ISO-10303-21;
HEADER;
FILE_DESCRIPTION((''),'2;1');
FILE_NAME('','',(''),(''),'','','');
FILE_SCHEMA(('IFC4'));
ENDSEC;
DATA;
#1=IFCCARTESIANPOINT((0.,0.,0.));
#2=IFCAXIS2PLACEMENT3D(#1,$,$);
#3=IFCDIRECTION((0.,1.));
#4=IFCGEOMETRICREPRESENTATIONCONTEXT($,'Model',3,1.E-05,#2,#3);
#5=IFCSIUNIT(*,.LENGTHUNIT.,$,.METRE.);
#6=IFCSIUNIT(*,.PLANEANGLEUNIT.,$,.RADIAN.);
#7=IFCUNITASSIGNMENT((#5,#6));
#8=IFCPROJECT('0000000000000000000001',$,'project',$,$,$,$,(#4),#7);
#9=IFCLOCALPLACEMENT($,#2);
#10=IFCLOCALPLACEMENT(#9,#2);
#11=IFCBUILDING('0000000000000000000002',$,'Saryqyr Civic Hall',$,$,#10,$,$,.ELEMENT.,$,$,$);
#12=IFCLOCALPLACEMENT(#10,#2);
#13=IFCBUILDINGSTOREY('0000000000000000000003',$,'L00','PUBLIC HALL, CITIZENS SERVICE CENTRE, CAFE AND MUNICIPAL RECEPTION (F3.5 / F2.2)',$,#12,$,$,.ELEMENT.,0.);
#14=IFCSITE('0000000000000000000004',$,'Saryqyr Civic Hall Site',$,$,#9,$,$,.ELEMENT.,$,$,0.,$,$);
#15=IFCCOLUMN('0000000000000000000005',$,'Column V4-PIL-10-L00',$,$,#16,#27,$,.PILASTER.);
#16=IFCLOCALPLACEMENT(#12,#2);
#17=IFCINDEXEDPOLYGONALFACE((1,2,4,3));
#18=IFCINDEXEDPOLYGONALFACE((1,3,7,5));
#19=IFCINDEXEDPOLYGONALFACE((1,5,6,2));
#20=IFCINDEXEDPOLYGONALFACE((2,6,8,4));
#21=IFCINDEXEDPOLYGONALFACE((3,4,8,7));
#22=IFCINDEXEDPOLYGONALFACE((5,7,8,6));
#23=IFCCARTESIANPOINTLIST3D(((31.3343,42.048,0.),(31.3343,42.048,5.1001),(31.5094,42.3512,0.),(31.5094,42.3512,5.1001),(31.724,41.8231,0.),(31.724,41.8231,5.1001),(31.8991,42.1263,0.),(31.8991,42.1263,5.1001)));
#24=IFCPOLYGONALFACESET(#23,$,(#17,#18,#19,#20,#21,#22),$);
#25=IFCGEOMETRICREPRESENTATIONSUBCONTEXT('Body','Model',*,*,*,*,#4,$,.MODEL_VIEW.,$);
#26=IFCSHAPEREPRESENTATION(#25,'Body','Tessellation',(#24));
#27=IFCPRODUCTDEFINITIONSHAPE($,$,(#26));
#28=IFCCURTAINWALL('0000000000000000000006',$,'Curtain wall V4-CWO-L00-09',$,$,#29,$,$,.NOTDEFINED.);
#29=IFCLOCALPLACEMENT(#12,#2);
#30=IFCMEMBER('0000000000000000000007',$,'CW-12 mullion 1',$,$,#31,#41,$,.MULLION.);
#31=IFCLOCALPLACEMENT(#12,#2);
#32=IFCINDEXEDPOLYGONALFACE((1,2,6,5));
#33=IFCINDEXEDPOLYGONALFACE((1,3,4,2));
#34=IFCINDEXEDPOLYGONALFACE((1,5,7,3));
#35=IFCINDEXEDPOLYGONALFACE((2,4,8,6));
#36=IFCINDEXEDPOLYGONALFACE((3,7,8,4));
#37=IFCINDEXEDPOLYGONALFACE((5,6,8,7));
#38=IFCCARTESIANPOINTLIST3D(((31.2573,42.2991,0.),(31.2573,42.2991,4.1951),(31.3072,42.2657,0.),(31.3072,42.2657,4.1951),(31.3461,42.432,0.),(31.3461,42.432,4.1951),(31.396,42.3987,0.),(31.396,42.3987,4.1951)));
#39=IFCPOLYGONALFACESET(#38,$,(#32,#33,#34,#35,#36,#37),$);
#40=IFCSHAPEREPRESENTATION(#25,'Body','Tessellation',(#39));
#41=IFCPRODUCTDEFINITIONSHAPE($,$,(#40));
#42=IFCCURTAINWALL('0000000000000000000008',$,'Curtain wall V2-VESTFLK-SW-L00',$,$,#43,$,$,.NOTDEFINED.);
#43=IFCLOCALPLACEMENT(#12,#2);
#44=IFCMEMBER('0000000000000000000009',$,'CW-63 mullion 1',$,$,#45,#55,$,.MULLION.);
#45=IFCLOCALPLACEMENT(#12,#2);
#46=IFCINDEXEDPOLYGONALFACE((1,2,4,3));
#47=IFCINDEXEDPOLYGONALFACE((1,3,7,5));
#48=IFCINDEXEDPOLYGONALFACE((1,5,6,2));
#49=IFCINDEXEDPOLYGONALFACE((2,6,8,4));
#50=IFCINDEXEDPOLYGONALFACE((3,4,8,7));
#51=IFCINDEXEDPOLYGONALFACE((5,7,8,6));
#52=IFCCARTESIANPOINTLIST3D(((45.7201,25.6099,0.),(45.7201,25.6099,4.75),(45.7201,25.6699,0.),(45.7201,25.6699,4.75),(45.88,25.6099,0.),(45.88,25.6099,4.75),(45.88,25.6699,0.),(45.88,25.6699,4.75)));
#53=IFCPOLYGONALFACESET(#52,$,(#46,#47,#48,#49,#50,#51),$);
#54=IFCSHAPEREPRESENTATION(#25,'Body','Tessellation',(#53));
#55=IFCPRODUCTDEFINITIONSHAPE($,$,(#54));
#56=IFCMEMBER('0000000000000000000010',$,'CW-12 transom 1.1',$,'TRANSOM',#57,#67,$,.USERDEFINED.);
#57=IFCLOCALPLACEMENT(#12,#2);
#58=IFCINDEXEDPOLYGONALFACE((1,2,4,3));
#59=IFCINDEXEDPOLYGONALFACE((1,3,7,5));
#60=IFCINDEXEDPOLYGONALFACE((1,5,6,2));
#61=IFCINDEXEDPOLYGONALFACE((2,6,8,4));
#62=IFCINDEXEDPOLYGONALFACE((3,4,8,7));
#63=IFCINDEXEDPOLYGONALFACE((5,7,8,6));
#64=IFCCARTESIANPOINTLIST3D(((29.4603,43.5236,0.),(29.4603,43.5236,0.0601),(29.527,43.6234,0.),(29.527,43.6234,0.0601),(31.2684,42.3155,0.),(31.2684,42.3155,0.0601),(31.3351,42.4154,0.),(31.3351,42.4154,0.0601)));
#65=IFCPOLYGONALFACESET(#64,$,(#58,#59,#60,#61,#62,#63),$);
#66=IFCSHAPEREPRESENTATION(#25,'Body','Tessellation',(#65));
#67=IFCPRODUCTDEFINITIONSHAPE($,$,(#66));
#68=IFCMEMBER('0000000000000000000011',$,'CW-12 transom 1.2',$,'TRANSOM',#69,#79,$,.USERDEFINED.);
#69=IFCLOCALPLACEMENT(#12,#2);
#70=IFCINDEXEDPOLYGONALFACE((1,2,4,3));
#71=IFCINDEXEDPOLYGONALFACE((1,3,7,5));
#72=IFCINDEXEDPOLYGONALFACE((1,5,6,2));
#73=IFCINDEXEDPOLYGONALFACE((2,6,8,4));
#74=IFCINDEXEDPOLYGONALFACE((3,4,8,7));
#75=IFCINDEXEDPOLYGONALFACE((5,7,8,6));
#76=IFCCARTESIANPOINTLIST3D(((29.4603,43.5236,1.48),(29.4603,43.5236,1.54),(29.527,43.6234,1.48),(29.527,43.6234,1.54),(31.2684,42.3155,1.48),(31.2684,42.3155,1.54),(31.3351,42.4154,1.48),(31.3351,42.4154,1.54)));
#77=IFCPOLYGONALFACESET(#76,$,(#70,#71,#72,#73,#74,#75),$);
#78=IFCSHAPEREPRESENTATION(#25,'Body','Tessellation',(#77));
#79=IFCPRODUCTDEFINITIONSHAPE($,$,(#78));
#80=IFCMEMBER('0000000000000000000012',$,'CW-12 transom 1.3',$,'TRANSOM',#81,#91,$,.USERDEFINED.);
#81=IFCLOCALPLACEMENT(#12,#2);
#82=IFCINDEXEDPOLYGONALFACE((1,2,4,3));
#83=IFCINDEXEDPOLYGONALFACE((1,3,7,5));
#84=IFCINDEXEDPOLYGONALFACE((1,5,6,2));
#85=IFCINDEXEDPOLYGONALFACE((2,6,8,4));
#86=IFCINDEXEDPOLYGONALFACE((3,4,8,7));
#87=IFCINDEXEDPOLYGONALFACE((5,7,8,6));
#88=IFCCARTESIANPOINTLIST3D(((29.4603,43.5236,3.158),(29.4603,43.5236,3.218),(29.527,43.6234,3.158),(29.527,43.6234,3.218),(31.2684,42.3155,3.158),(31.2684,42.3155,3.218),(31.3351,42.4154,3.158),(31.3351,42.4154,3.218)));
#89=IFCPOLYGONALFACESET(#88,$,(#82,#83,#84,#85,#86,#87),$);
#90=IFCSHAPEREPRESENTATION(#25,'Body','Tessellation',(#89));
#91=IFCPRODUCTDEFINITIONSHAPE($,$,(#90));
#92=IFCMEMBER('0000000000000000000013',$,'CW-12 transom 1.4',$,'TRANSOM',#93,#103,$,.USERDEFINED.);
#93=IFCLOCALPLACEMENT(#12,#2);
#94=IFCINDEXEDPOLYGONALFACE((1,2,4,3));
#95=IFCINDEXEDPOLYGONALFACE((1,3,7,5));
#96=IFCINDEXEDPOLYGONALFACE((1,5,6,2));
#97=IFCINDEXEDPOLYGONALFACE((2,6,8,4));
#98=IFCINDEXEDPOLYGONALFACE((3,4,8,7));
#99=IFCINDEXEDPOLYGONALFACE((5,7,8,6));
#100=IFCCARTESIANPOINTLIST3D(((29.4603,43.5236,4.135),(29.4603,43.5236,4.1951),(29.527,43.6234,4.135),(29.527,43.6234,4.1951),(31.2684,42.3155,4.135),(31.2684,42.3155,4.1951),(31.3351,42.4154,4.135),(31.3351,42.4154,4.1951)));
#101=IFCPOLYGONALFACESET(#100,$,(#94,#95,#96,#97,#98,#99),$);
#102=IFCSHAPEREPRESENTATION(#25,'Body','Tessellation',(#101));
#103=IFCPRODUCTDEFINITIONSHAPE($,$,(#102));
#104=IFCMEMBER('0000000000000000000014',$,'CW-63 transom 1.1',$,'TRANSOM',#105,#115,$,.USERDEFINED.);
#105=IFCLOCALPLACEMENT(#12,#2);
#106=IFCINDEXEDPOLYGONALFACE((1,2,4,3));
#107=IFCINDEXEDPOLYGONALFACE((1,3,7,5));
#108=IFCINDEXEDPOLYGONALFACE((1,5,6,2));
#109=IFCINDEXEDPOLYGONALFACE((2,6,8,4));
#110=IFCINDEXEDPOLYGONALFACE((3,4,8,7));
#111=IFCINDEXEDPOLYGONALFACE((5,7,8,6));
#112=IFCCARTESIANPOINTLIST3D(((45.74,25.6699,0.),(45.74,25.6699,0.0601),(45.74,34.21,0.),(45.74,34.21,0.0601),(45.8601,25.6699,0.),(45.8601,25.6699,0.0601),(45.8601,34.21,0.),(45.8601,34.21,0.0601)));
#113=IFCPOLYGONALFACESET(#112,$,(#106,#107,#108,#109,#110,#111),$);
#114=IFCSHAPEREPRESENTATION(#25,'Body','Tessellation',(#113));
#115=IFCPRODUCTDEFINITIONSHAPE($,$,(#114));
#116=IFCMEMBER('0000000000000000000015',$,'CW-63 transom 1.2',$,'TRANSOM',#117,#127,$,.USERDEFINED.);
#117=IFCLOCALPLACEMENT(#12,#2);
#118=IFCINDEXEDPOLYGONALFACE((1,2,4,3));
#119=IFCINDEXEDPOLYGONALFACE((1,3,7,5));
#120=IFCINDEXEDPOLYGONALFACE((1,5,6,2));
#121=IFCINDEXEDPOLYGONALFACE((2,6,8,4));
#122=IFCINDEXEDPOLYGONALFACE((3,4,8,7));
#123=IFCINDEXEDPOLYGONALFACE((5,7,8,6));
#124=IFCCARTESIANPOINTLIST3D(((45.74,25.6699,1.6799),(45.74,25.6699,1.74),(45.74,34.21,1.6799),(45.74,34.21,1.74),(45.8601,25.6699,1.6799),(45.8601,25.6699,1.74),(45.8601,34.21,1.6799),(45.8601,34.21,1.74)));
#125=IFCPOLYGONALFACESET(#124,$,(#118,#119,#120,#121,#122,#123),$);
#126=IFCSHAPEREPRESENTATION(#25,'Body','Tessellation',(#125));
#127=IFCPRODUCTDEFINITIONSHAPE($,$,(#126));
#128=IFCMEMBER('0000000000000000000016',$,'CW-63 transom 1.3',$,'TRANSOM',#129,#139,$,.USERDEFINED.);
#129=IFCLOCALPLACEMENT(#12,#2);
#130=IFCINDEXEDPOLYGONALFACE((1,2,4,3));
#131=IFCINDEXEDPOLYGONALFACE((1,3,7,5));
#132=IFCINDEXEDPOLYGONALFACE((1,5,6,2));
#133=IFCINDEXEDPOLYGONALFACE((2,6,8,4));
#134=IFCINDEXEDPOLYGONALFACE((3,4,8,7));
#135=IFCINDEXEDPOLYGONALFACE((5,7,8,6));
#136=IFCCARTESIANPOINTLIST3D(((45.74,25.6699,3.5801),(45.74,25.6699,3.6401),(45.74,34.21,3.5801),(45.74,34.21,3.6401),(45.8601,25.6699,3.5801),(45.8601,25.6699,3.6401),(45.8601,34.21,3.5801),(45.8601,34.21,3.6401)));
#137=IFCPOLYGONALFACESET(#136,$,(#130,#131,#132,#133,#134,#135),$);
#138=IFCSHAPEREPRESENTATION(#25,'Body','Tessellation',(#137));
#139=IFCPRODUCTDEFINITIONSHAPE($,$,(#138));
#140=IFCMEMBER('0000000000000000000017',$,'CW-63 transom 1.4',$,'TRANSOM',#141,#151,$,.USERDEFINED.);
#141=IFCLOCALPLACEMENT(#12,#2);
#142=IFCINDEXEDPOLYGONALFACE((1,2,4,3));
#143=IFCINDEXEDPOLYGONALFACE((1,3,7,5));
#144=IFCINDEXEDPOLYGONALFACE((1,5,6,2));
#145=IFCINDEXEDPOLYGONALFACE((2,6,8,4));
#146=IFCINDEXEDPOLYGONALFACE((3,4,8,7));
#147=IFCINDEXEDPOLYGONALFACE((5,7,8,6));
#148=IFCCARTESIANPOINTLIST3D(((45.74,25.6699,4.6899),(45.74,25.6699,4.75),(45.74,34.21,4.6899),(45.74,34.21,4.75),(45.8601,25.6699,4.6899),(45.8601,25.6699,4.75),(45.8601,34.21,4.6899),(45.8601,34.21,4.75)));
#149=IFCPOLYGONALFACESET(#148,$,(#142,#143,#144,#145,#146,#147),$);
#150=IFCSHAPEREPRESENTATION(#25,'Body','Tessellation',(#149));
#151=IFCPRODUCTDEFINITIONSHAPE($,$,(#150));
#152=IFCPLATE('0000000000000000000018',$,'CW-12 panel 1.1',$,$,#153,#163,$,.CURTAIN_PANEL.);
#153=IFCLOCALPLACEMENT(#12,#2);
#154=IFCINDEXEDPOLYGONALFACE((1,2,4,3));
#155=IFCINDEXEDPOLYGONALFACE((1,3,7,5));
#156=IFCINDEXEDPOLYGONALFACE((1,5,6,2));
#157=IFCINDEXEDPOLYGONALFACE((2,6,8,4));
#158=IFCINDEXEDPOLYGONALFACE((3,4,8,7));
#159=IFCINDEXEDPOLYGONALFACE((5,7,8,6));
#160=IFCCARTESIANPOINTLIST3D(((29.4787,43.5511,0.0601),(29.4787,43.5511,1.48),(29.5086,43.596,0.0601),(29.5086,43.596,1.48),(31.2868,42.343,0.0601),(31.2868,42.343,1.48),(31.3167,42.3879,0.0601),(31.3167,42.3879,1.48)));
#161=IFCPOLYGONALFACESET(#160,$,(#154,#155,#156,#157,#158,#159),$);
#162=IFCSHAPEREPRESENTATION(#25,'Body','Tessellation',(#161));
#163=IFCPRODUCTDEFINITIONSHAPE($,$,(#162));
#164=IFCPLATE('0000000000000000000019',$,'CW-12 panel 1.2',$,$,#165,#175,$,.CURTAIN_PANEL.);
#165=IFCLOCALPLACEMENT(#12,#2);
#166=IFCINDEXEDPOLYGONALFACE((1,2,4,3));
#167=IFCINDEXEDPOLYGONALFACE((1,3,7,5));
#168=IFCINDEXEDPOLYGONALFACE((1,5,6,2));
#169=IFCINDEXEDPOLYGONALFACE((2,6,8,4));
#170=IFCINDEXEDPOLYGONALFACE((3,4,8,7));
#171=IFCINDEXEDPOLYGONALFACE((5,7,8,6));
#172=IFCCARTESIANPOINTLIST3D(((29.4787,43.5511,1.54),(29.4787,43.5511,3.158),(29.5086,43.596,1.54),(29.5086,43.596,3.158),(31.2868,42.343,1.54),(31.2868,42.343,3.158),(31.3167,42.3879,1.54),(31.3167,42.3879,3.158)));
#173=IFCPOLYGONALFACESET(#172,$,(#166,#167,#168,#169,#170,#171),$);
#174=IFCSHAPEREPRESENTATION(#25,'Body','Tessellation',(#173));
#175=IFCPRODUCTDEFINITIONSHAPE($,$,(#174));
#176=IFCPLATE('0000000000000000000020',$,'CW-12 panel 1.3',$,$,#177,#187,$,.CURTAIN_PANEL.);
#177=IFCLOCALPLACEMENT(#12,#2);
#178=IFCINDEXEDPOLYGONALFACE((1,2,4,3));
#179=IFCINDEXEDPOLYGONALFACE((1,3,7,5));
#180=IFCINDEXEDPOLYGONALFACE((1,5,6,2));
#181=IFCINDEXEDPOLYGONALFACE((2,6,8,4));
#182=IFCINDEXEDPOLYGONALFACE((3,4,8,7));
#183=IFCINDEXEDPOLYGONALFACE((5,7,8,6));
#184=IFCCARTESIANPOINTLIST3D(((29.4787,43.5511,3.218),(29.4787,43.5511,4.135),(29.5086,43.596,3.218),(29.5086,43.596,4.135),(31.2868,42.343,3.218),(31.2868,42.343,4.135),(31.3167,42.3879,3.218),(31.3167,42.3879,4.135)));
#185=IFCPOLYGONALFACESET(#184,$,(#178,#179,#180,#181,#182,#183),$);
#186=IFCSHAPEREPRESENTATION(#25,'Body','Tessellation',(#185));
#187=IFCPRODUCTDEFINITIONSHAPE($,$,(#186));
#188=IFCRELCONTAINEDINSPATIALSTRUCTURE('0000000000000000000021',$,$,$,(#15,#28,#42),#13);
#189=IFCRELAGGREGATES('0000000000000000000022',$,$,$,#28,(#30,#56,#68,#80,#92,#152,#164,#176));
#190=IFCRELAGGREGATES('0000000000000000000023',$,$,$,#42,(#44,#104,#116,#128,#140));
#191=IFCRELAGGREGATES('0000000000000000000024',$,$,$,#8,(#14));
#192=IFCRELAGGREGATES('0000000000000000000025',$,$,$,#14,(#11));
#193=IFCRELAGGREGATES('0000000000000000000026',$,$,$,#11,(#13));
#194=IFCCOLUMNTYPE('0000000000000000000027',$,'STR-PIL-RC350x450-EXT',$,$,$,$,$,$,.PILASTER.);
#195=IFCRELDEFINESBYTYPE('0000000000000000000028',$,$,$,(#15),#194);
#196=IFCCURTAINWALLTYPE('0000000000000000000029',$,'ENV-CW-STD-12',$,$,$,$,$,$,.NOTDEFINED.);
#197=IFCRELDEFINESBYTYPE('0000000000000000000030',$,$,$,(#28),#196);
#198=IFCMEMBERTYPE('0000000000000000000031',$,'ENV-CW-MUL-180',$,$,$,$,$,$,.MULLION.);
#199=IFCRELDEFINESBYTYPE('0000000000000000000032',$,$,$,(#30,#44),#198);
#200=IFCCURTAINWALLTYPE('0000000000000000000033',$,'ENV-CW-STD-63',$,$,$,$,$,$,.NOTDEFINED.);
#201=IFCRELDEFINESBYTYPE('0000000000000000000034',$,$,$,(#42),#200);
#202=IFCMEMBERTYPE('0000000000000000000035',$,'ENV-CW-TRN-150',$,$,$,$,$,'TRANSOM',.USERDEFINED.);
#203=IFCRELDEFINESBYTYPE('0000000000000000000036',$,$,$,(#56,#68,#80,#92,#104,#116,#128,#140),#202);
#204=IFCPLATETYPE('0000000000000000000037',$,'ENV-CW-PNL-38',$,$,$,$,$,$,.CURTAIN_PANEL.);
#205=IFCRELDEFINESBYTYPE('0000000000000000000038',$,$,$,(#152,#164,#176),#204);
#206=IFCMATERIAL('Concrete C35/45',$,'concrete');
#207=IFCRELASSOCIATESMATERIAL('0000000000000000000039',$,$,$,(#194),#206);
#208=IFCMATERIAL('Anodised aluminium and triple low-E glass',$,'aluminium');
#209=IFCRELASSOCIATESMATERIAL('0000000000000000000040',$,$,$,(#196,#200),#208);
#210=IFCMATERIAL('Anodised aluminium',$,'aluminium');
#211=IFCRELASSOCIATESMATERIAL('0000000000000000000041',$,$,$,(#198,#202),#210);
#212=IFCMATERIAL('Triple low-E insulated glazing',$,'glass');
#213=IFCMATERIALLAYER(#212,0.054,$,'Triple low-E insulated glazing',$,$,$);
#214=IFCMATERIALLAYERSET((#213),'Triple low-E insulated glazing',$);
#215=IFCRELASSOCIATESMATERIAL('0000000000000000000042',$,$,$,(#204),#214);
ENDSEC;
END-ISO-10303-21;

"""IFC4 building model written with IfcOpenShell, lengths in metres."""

from ifc_helpers import new_model, si_unit, direction, frame, origin, origin_2d, place, context, subcontext, project, spatial, rectangle, extrude, material, layer, layer_set, material_profile, profile_set, type_object, element, aggregate, save


model = new_model("IFC4")

# Units and contexts
model_context = context("Model", 3, precision=1e-05, world=origin(), true_north=direction((0.0, 1.0)))
body_context = subcontext(model_context, "Body", "Model", "MODEL_VIEW")
ifc_project = project(units=[si_unit("LENGTHUNIT", "METRE"), si_unit("PLANEANGLEUNIT", "RADIAN")], contexts=[model_context])

# Site, building, storey
site_placement = place(None, origin())
site = spatial("IfcSite", under=ifc_project, at=site_placement, Name="Saryqyr Civic Hall Site", CompositionType="ELEMENT", RefElevation=0.0)
building_placement = place(site_placement, origin())
building = spatial("IfcBuilding", under=site, at=building_placement, Name="Saryqyr Civic Hall", CompositionType="ELEMENT")
storey_placement = place(building_placement, origin())
storey = spatial("IfcBuildingStorey", under=building, at=storey_placement, Name="L00", Description="PUBLIC HALL, CITIZENS SERVICE CENTRE, CAFE AND MUNICIPAL RECEPTION (F3.5 / F2.2)", CompositionType="ELEMENT", Elevation=0.0)

# Column
ifc_material_1 = material(Name="Concrete C35/45", Category="concrete")
ifc_material_profile_1 = material_profile(ifc_material_1, rectangle(XDim=0.3501, YDim=0.45, at=origin_2d()), Name="RC 350x450")
ifc_profile_set_1 = profile_set([ifc_material_profile_1], Name="Concrete C35/45")
column_type_1 = type_object("IfcColumnType", Name="STR-PIL-RC350x450-EXT", PredefinedType="PILASTER", material=ifc_profile_set_1)
column_1_placement = place(storey_placement, frame((31.6167, 42.0872, 0.0), z_axis=(0.0, 0.0, 1.0), x_axis=(-0.5, -0.866025, 0.0)))
element("IfcColumn", 1, at=column_1_placement, inside=storey, type_object=column_type_1, Name="Column V4-PIL-10-L00", PredefinedType="PILASTER", context=body_context, shape_type="SweptSolid", body=[
    extrude(rectangle(XDim=0.3501, YDim=0.45, at=origin_2d()), origin(), (0.0, 0.0, 1.0), 5.1001),
])

# Curtain walls, members
ifc_material_2 = material(Name="Anodised aluminium and triple low-E glass", Category="aluminium")
curtain_wall_type_1 = type_object("IfcCurtainWallType", Name="ENV-CW-STD-12", PredefinedType="NOTDEFINED", material=ifc_material_2)
curtain_wall_1_placement = place(storey_placement, origin())
curtain_wall_1 = element("IfcCurtainWall", 2, at=curtain_wall_1_placement, inside=storey, type_object=curtain_wall_type_1, Name="Curtain wall V4-CWO-L00-09", PredefinedType="NOTDEFINED")
ifc_material_3 = material(Name="Anodised aluminium", Category="aluminium")
ifc_material_profile_2 = material_profile(ifc_material_3, rectangle(XDim=0.0601, YDim=0.1599, at=origin_2d()), Name="ALU MULLION 60x160")
ifc_profile_set_2 = profile_set([ifc_material_profile_2], Name="Anodised aluminium")
member_type_1 = type_object("IfcMemberType", Name="ENV-CW-MUL-180", PredefinedType="MULLION", material=ifc_profile_set_2)
member_1_placement = place(storey_placement, frame((31.3267, 42.3489, 0.0), z_axis=(0.0, 0.0, 1.0), x_axis=(-0.831476, 0.555561, 0.0)))
member_1 = element("IfcMember", 3, at=member_1_placement, type_object=member_type_1, Name="CW-12 mullion 1", PredefinedType="MULLION", context=body_context, shape_type="SweptSolid", body=[
    extrude(rectangle(XDim=0.0601, YDim=0.1599, at=origin_2d()), origin(), (0.0, 0.0, 1.0), 4.1951),
])
curtain_wall_type_2 = type_object("IfcCurtainWallType", Name="ENV-CW-STD-63", PredefinedType="NOTDEFINED", material=ifc_material_2)
curtain_wall_2_placement = place(storey_placement, origin())
curtain_wall_2 = element("IfcCurtainWall", 4, at=curtain_wall_2_placement, inside=storey, type_object=curtain_wall_type_2, Name="Curtain wall V2-VESTFLK-SW-L00", PredefinedType="NOTDEFINED")
member_2_placement = place(storey_placement, frame((45.8, 25.6399, 0.0), z_axis=(0.0, 0.0, 1.0), x_axis=(0.0, 1.0, 0.0)))
member_2 = element("IfcMember", 5, at=member_2_placement, type_object=member_type_1, Name="CW-63 mullion 1", PredefinedType="MULLION", context=body_context, shape_type="SweptSolid", body=[
    extrude(rectangle(XDim=0.0601, YDim=0.1599, at=origin_2d()), origin(), (0.0, 0.0, 1.0), 4.75),
])

# Members
ifc_material_profile_3 = material_profile(ifc_material_3, rectangle(XDim=0.1201, YDim=0.0601, at=origin_2d()), Name="ALU TRANSOM 120x60")
ifc_profile_set_3 = profile_set([ifc_material_profile_3], Name="Anodised aluminium")
member_type_2 = type_object("IfcMemberType", Name="ENV-CW-TRN-150", ElementType="TRANSOM", PredefinedType="USERDEFINED", material=ifc_profile_set_3)
member_3_placement = place(storey_placement, frame((31.3018, 42.3655, 0.03), z_axis=(-0.831497, 0.555529, 0.0), x_axis=(-0.555529, -0.831497, 0.0)))
member_3 = element("IfcMember", 6, at=member_3_placement, type_object=member_type_2, Name="CW-12 transom 1.1", ObjectType="TRANSOM", PredefinedType="USERDEFINED", context=body_context, shape_type="SweptSolid", body=[
    extrude(rectangle(XDim=0.1201, YDim=0.0601, at=origin_2d()), origin(), (0.0, 0.0, 1.0), 2.1746),
])
member_4_placement = place(storey_placement, frame((31.3018, 42.3655, 1.51), z_axis=(-0.831497, 0.555529, 0.0), x_axis=(-0.555529, -0.831497, 0.0)))
member_4 = element("IfcMember", 7, at=member_4_placement, type_object=member_type_2, Name="CW-12 transom 1.2", ObjectType="TRANSOM", PredefinedType="USERDEFINED", context=body_context, shape_type="SweptSolid", body=[
    extrude(rectangle(XDim=0.1201, YDim=0.0601, at=origin_2d()), origin(), (0.0, 0.0, 1.0), 2.1746),
])
member_5_placement = place(storey_placement, frame((31.3018, 42.3655, 3.188), z_axis=(-0.831497, 0.555529, 0.0), x_axis=(-0.555529, -0.831497, 0.0)))
member_5 = element("IfcMember", 8, at=member_5_placement, type_object=member_type_2, Name="CW-12 transom 1.3", ObjectType="TRANSOM", PredefinedType="USERDEFINED", context=body_context, shape_type="SweptSolid", body=[
    extrude(rectangle(XDim=0.1201, YDim=0.0601, at=origin_2d()), origin(), (0.0, 0.0, 1.0), 2.1746),
])
member_6_placement = place(storey_placement, frame((31.3018, 42.3655, 4.165), z_axis=(-0.831497, 0.555529, 0.0), x_axis=(-0.555529, -0.831497, 0.0)))
member_6 = element("IfcMember", 9, at=member_6_placement, type_object=member_type_2, Name="CW-12 transom 1.4", ObjectType="TRANSOM", PredefinedType="USERDEFINED", context=body_context, shape_type="SweptSolid", body=[
    extrude(rectangle(XDim=0.1201, YDim=0.0601, at=origin_2d()), origin(), (0.0, 0.0, 1.0), 2.1746),
])
member_7_placement = place(storey_placement, frame((45.8, 25.6699, 0.03), z_axis=(0.0, 1.0, 0.0), x_axis=(-1.0, 0.0, 0.0)))
member_7 = element("IfcMember", 10, at=member_7_placement, type_object=member_type_2, Name="CW-63 transom 1.1", ObjectType="TRANSOM", PredefinedType="USERDEFINED", context=body_context, shape_type="SweptSolid", body=[
    extrude(rectangle(XDim=0.1201, YDim=0.0601, at=origin_2d()), origin(), (0.0, 0.0, 1.0), 8.54),
])
member_8_placement = place(storey_placement, frame((45.8, 25.6699, 1.71), z_axis=(0.0, 1.0, 0.0), x_axis=(-1.0, 0.0, 0.0)))
member_8 = element("IfcMember", 11, at=member_8_placement, type_object=member_type_2, Name="CW-63 transom 1.2", ObjectType="TRANSOM", PredefinedType="USERDEFINED", context=body_context, shape_type="SweptSolid", body=[
    extrude(rectangle(XDim=0.1201, YDim=0.0601, at=origin_2d()), origin(), (0.0, 0.0, 1.0), 8.54),
])
member_9_placement = place(storey_placement, frame((45.8, 25.6699, 3.6101), z_axis=(0.0, 1.0, 0.0), x_axis=(-1.0, 0.0, 0.0)))
member_9 = element("IfcMember", 12, at=member_9_placement, type_object=member_type_2, Name="CW-63 transom 1.3", ObjectType="TRANSOM", PredefinedType="USERDEFINED", context=body_context, shape_type="SweptSolid", body=[
    extrude(rectangle(XDim=0.1201, YDim=0.0601, at=origin_2d()), origin(), (0.0, 0.0, 1.0), 8.54),
])
member_10_placement = place(storey_placement, frame((45.8, 25.6699, 4.72), z_axis=(0.0, 1.0, 0.0), x_axis=(-1.0, 0.0, 0.0)))
member_10 = element("IfcMember", 13, at=member_10_placement, type_object=member_type_2, Name="CW-63 transom 1.4", ObjectType="TRANSOM", PredefinedType="USERDEFINED", context=body_context, shape_type="SweptSolid", body=[
    extrude(rectangle(XDim=0.1201, YDim=0.0601, at=origin_2d()), origin(), (0.0, 0.0, 1.0), 8.54),
])

# Plates
ifc_material_4 = material(Name="Triple low-E insulated glazing", Category="glass")
ifc_layer_1 = layer(ifc_material_4, 0.054, Name="Triple low-E insulated glazing")
ifc_layer_set_1 = layer_set([ifc_layer_1], Name="Triple low-E insulated glazing")
plate_type = type_object("IfcPlateType", Name="ENV-CW-PNL-38", PredefinedType="CURTAIN_PANEL", material=ifc_layer_set_1)
plate_1_placement = place(storey_placement, frame((30.3977, 42.9695, 0.0601), z_axis=(0.0, 0.0, 1.0), x_axis=(-0.831476, 0.555561, 0.0)))
plate_1 = element("IfcPlate", 14, at=plate_1_placement, type_object=plate_type, Name="CW-12 panel 1.1", PredefinedType="CURTAIN_PANEL", context=body_context, shape_type="SweptSolid", body=[
    extrude(rectangle(XDim=2.1746, YDim=0.054, at=origin_2d()), origin(), (0.0, 0.0, 1.0), 1.4199),
])
plate_2_placement = place(storey_placement, frame((30.3977, 42.9695, 1.54), z_axis=(0.0, 0.0, 1.0), x_axis=(-0.831476, 0.555561, 0.0)))
plate_2 = element("IfcPlate", 15, at=plate_2_placement, type_object=plate_type, Name="CW-12 panel 1.2", PredefinedType="CURTAIN_PANEL", context=body_context, shape_type="SweptSolid", body=[
    extrude(rectangle(XDim=2.1746, YDim=0.054, at=origin_2d()), origin(), (0.0, 0.0, 1.0), 1.6179),
])
plate_3_placement = place(storey_placement, frame((30.3977, 42.9695, 3.218), z_axis=(0.0, 0.0, 1.0), x_axis=(-0.831476, 0.555561, 0.0)))
plate_3 = element("IfcPlate", 16, at=plate_3_placement, type_object=plate_type, Name="CW-12 panel 1.3", PredefinedType="CURTAIN_PANEL", context=body_context, shape_type="SweptSolid", body=[
    extrude(rectangle(XDim=2.1746, YDim=0.054, at=origin_2d()), origin(), (0.0, 0.0, 1.0), 0.917),
])
aggregate(curtain_wall_1, [member_1, member_3, member_4, member_5, member_6, plate_1, plate_2, plate_3])
aggregate(curtain_wall_2, [member_2, member_7, member_8, member_9, member_10])

save(model, "model.ifc")
